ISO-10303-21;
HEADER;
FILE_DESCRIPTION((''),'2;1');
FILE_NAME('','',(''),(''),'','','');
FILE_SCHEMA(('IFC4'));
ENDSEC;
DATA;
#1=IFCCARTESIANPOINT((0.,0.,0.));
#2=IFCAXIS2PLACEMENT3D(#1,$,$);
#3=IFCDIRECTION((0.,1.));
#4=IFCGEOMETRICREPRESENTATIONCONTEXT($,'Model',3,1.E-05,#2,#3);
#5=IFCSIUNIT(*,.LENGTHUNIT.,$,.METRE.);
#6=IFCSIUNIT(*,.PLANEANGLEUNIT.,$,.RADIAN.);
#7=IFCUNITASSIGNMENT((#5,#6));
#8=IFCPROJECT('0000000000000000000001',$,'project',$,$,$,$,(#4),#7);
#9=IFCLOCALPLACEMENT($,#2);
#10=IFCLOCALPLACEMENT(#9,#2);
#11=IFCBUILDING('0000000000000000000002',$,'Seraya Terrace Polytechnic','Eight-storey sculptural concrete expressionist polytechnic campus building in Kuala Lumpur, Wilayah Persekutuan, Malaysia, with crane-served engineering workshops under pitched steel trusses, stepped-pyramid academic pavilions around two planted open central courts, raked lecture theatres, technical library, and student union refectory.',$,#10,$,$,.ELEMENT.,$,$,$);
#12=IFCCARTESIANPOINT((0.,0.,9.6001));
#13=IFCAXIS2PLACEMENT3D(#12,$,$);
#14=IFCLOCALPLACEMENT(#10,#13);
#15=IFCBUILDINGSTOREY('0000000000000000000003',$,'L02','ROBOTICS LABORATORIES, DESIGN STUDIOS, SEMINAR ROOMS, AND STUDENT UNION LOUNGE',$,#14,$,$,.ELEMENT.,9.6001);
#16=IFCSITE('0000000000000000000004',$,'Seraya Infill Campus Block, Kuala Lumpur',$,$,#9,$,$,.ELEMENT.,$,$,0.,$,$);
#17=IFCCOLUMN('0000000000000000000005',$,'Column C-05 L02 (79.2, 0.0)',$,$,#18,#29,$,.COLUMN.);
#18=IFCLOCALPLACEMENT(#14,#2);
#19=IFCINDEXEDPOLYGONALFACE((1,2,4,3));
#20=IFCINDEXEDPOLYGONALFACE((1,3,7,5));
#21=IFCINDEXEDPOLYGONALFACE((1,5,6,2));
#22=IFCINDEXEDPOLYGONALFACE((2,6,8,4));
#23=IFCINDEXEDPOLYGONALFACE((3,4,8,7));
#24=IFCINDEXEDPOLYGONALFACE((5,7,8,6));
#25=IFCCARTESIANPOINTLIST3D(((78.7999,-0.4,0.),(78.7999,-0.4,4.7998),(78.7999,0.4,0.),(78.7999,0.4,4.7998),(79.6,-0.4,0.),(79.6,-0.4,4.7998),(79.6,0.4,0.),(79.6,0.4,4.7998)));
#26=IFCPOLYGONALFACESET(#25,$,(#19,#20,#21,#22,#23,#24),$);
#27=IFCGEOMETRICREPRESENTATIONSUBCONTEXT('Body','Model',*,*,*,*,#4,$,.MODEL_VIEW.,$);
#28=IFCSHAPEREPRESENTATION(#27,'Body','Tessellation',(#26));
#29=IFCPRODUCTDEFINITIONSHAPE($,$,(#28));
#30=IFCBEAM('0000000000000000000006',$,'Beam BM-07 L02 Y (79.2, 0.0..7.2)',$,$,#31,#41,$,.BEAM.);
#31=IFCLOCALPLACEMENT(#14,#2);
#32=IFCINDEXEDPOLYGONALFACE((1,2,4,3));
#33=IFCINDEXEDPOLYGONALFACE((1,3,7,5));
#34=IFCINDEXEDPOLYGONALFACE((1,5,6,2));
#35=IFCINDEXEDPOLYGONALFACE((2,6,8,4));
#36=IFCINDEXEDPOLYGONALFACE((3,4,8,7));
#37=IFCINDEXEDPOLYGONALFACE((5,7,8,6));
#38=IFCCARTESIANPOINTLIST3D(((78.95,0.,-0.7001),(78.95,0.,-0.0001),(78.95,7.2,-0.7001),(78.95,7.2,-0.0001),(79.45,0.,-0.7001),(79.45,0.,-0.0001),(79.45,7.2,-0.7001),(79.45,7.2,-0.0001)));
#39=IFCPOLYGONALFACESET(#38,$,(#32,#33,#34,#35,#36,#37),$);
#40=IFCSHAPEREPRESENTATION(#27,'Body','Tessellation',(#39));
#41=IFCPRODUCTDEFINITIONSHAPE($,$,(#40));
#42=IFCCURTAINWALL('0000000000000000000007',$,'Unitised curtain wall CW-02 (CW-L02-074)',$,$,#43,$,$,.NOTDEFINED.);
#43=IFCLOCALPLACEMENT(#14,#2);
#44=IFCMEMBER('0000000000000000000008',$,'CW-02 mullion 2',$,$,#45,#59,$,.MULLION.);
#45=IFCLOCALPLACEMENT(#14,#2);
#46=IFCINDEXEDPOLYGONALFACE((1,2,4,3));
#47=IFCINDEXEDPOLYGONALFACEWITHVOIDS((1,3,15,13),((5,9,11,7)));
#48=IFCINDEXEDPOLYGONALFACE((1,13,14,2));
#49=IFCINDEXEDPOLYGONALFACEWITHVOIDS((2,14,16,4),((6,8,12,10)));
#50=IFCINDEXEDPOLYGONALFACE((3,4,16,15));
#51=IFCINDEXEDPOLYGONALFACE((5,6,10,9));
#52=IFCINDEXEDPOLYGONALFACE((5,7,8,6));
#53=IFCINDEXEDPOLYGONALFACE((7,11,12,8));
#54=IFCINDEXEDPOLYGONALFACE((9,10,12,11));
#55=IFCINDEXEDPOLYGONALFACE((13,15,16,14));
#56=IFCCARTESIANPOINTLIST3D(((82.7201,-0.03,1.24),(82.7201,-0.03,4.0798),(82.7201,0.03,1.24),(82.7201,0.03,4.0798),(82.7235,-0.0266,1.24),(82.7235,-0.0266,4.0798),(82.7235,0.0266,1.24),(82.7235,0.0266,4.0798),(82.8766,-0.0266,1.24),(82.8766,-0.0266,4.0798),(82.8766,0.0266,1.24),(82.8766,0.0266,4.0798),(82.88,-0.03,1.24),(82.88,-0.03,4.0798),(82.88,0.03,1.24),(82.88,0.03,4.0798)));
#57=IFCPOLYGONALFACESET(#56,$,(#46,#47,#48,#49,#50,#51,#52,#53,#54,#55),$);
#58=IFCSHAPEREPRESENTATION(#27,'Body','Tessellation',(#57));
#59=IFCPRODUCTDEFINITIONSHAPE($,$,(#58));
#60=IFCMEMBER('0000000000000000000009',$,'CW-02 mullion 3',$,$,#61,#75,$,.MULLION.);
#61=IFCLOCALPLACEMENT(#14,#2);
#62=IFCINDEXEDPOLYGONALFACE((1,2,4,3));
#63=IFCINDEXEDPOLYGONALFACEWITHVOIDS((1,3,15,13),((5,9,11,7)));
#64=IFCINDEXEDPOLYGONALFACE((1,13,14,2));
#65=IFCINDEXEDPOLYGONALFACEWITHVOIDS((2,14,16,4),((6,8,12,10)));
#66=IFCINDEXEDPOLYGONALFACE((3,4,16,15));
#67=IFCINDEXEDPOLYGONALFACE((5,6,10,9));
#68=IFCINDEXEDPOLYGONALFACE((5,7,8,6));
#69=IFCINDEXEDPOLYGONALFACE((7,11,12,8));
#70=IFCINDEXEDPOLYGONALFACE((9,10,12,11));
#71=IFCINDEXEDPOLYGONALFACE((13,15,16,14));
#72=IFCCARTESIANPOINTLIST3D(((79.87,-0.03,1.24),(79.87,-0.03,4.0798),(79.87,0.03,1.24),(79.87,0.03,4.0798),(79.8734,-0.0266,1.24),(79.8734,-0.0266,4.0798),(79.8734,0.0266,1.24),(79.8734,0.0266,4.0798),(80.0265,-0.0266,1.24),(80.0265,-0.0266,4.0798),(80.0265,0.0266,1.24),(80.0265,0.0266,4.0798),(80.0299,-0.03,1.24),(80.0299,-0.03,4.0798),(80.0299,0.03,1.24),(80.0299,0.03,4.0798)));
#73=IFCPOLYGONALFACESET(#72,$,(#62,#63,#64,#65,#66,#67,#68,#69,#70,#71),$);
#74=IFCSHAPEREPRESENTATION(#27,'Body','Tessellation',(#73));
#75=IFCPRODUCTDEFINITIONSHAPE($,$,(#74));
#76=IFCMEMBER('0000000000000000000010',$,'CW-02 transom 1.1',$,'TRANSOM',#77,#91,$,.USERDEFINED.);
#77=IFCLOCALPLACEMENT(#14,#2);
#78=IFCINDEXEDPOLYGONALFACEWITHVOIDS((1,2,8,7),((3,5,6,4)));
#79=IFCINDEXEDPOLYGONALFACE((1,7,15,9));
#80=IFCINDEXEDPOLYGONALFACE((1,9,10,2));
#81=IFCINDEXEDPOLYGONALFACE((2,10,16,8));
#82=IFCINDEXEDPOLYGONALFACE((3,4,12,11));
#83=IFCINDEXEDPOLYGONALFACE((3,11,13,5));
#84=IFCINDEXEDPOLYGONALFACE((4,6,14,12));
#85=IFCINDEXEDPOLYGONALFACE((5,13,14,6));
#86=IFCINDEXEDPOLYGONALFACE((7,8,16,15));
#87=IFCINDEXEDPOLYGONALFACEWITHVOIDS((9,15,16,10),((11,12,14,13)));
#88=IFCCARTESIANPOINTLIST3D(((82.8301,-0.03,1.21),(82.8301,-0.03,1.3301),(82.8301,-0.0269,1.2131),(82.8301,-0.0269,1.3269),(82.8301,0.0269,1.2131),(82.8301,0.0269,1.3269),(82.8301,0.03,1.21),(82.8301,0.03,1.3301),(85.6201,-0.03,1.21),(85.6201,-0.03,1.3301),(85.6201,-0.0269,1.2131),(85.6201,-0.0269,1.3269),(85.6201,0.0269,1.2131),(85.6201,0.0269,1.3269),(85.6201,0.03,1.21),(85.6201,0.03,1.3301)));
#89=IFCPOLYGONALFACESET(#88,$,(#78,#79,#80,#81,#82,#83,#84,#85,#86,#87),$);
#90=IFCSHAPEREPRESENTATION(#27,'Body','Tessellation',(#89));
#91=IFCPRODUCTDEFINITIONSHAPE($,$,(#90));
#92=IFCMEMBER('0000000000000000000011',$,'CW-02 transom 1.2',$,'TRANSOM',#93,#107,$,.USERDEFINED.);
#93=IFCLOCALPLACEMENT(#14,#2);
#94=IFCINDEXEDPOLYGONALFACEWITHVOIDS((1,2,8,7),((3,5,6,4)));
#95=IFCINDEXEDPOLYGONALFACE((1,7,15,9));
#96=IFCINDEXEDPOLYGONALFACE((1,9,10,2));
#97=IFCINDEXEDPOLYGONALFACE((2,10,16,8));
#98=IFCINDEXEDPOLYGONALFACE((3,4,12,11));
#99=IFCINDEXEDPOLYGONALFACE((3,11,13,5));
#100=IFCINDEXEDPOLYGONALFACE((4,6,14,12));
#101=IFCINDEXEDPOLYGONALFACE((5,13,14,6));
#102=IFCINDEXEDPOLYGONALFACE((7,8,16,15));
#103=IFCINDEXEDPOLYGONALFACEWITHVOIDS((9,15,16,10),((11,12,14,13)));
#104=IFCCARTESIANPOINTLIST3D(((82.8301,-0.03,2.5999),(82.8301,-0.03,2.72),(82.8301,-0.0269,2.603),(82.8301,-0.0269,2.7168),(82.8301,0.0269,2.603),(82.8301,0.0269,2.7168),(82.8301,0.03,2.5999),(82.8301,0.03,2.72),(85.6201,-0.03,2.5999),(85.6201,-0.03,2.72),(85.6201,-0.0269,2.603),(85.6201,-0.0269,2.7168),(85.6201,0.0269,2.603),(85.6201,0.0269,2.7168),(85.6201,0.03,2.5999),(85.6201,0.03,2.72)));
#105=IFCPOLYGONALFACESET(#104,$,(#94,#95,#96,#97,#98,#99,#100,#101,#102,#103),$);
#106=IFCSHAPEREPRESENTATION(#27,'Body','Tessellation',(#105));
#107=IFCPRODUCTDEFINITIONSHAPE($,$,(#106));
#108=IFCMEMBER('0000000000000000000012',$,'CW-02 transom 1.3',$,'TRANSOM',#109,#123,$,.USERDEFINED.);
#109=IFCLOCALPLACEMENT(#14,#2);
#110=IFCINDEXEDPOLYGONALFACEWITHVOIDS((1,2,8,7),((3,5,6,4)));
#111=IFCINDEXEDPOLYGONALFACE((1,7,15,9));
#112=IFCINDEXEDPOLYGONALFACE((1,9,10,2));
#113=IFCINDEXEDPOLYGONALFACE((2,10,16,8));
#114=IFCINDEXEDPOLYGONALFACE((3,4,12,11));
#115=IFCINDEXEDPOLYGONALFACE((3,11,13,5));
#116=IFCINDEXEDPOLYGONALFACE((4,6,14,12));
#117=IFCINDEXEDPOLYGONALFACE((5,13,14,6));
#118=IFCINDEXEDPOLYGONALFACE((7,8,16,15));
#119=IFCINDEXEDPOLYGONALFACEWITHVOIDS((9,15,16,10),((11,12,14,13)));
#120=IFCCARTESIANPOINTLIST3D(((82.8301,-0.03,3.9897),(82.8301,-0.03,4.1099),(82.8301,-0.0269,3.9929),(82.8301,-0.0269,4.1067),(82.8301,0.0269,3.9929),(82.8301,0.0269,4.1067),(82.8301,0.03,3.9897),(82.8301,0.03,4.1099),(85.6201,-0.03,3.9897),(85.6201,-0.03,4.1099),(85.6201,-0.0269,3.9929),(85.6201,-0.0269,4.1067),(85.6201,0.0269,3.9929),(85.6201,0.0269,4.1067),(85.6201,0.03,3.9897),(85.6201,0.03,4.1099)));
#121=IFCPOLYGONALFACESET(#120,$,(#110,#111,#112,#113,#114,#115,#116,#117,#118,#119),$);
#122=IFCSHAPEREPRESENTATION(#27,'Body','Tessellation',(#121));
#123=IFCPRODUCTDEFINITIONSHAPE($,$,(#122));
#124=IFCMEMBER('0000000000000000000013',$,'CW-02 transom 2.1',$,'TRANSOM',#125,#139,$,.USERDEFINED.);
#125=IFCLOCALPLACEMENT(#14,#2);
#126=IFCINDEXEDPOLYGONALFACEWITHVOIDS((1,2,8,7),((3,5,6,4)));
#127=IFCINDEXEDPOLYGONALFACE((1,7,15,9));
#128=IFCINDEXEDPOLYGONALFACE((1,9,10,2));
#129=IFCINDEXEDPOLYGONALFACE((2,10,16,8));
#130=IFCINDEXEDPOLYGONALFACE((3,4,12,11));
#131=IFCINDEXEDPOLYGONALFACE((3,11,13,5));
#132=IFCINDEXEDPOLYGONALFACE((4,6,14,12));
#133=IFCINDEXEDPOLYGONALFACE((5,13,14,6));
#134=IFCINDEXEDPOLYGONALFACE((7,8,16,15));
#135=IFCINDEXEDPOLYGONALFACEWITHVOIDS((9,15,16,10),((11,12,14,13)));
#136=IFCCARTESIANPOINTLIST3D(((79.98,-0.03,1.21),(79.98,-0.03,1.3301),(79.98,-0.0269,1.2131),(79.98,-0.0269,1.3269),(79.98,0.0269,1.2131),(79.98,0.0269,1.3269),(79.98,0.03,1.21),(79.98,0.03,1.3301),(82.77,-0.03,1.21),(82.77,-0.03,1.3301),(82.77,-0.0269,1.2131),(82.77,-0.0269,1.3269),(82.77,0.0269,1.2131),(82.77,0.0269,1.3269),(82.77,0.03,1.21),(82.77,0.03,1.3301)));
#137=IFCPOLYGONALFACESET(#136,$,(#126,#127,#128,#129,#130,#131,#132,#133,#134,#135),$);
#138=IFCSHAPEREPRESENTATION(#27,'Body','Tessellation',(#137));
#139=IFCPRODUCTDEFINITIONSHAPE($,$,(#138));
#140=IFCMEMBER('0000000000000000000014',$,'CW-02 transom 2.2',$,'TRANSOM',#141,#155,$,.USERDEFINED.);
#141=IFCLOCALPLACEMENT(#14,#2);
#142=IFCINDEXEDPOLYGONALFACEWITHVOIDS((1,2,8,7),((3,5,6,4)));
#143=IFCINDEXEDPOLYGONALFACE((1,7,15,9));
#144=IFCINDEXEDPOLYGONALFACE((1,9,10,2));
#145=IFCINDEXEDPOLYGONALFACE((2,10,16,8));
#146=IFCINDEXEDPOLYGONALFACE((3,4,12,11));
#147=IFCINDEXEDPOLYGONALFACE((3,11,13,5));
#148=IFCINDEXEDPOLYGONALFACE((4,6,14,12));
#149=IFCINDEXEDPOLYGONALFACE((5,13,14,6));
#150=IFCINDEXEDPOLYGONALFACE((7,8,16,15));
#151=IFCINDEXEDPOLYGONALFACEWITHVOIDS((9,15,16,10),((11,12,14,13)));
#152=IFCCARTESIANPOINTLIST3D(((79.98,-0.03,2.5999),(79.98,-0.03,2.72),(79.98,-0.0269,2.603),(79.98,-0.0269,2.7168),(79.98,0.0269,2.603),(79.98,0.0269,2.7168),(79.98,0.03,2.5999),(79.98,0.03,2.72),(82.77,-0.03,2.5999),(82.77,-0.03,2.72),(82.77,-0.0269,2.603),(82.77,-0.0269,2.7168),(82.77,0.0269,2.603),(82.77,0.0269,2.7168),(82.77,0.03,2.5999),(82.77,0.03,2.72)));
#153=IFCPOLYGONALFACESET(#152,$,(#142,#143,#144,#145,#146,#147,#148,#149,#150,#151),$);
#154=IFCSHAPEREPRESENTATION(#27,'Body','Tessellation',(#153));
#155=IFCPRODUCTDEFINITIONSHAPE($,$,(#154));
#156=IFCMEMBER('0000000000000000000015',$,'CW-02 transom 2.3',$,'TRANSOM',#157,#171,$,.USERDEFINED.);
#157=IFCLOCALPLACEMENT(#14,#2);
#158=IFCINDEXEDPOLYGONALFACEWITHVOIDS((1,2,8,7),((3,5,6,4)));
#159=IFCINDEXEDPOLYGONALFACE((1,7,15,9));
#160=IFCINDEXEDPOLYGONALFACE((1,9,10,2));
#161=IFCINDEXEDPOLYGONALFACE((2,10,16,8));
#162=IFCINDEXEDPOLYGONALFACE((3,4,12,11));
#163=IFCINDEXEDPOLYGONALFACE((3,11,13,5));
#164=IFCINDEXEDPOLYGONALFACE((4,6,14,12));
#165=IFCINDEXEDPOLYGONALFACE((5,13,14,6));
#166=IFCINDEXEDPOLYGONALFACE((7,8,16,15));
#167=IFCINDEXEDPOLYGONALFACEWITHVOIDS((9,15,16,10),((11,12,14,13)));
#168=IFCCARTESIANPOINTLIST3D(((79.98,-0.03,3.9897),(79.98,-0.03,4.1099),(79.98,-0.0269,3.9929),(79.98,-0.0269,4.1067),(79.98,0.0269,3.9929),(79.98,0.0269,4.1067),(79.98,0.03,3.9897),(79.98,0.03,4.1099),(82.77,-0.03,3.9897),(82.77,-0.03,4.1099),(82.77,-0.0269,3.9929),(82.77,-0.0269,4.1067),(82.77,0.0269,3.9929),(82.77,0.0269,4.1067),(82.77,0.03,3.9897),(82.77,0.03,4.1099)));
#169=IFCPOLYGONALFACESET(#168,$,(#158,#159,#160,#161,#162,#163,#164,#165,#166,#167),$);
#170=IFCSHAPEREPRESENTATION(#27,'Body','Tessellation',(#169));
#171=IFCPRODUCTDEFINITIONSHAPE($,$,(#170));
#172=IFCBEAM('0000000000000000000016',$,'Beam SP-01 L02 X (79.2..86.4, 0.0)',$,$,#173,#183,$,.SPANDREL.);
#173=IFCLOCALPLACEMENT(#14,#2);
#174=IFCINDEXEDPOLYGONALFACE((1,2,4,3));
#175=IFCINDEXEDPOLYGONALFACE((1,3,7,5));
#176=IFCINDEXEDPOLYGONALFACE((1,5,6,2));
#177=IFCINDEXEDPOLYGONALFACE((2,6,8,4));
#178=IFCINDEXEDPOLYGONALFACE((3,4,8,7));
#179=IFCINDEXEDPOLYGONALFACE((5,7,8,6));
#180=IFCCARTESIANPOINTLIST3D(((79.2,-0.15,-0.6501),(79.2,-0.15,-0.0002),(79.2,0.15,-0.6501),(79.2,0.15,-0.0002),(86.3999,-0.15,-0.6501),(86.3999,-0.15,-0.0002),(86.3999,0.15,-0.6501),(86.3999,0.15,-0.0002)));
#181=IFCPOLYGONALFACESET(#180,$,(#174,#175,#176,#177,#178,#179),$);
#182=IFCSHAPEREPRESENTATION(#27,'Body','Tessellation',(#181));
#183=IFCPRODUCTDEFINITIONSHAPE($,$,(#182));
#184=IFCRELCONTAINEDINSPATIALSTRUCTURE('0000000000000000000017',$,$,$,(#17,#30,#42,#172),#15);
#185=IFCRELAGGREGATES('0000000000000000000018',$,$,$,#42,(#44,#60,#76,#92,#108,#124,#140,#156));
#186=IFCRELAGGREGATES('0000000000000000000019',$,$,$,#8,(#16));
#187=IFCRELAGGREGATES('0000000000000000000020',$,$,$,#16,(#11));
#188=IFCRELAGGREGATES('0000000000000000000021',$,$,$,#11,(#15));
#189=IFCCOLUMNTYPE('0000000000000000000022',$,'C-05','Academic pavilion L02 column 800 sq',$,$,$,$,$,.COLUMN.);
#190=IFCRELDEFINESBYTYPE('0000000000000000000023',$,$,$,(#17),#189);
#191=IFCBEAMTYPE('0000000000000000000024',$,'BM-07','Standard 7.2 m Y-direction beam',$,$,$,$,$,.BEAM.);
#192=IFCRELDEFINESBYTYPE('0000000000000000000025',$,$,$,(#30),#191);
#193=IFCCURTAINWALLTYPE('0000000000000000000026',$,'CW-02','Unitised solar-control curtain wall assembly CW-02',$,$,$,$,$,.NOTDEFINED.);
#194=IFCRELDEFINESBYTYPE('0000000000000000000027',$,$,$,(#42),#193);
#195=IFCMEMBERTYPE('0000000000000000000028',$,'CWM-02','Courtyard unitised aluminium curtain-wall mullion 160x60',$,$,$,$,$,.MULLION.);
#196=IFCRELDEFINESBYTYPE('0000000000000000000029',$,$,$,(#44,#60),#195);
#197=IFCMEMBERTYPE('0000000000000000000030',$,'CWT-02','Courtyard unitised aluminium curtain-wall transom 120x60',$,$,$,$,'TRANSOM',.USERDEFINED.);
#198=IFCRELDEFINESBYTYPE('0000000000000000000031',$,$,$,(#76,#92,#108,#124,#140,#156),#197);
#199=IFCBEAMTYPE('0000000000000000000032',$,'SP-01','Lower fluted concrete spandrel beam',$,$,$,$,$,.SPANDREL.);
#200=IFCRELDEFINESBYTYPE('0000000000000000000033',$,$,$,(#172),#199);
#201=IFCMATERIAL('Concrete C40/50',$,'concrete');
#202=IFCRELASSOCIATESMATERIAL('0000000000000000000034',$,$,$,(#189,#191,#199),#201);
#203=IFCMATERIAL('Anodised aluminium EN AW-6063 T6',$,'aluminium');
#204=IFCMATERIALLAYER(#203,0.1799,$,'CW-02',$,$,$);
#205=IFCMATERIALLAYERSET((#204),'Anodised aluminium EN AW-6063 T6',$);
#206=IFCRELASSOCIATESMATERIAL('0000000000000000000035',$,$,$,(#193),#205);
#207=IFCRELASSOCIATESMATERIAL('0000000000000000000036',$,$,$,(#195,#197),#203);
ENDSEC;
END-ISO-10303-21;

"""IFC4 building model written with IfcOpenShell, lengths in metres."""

from ifc_helpers import new_model, si_unit, direction, frame, origin, origin_2d, place, context, subcontext, project, spatial, rectangle, hollow_rectangle, extrude, material, layer, layer_set, material_profile, profile_set, type_object, element, aggregate, save


model = new_model("IFC4")

# Units and contexts
model_context = context("Model", 3, precision=1e-05, world=origin(), true_north=direction((0.0, 1.0)))
body_context = subcontext(model_context, "Body", "Model", "MODEL_VIEW")
ifc_project = project(units=[si_unit("LENGTHUNIT", "METRE"), si_unit("PLANEANGLEUNIT", "RADIAN")], contexts=[model_context])

# Site, building, storey
site_placement = place(None, origin())
site = spatial("IfcSite", under=ifc_project, at=site_placement, Name="Seraya Infill Campus Block, Kuala Lumpur", CompositionType="ELEMENT", RefElevation=0.0)
building_placement = place(site_placement, origin())
building = spatial("IfcBuilding", under=site, at=building_placement, Name="Seraya Terrace Polytechnic", Description="Eight-storey sculptural concrete expressionist polytechnic campus building in Kuala Lumpur, Wilayah Persekutuan, Malaysia, with crane-served engineering workshops under pitched steel trusses, stepped-pyramid academic pavilions around two planted open central courts, raked lecture theatres, technical library, and student union refectory.", CompositionType="ELEMENT")
storey_placement = place(building_placement, frame((0.0, 0.0, 9.6001)))
storey = spatial("IfcBuildingStorey", under=building, at=storey_placement, Name="L02", Description="ROBOTICS LABORATORIES, DESIGN STUDIOS, SEMINAR ROOMS, AND STUDENT UNION LOUNGE", CompositionType="ELEMENT", Elevation=9.6001)

# Column
ifc_material_1 = material(Name="Concrete C40/50", Category="concrete")
ifc_material_profile_1 = material_profile(ifc_material_1, rectangle(XDim=0.8, YDim=0.8, at=origin_2d()), Name="RC 800x800")
ifc_profile_set_1 = profile_set([ifc_material_profile_1], Name="Concrete C40/50")
column_type = type_object("IfcColumnType", Name="C-05", Description="Academic pavilion L02 column 800 sq", PredefinedType="COLUMN", material=ifc_profile_set_1)
column_placement = place(storey_placement, frame((79.2, 0.0, 0.0), z_axis=(0.0, 0.0, 1.0), x_axis=(1.0, 0.0, 0.0)))
element("IfcColumn", 1, at=column_placement, inside=storey, type_object=column_type, Name="Column C-05 L02 (79.2, 0.0)", PredefinedType="COLUMN", context=body_context, shape_type="SweptSolid", body=[
    extrude(rectangle(XDim=0.8, YDim=0.8, at=origin_2d()), origin(), (0.0, 0.0, 1.0), 4.7998),
])

# Beam
ifc_material_profile_2 = material_profile(ifc_material_1, rectangle(XDim=0.5, YDim=0.7, at=origin_2d()), Name="RC 500x700")
ifc_profile_set_2 = profile_set([ifc_material_profile_2], Name="Concrete C40/50")
beam_type_1 = type_object("IfcBeamType", Name="BM-07", Description="Standard 7.2 m Y-direction beam", PredefinedType="BEAM", material=ifc_profile_set_2)
beam_1_placement = place(storey_placement, frame((79.2, 0.0, -0.3501), z_axis=(0.0, 1.0, 0.0), x_axis=(-1.0, 0.0, 0.0)))
element("IfcBeam", 2, at=beam_1_placement, inside=storey, type_object=beam_type_1, Name="Beam BM-07 L02 Y (79.2, 0.0..7.2)", PredefinedType="BEAM", context=body_context, shape_type="SweptSolid", body=[
    extrude(rectangle(XDim=0.5, YDim=0.7, at=origin_2d()), origin(), (0.0, 0.0, 1.0), 7.2),
])

# Curtain wall, members
ifc_material_2 = material(Name="Anodised aluminium EN AW-6063 T6", Category="aluminium")
ifc_layer_1 = layer(ifc_material_2, 0.1799, Name="CW-02")
ifc_layer_set_1 = layer_set([ifc_layer_1], Name="Anodised aluminium EN AW-6063 T6")
curtain_wall_type = type_object("IfcCurtainWallType", Name="CW-02", Description="Unitised solar-control curtain wall assembly CW-02", PredefinedType="NOTDEFINED", material=ifc_layer_set_1)
curtain_wall_placement = place(storey_placement, origin())
curtain_wall = element("IfcCurtainWall", 3, at=curtain_wall_placement, inside=storey, type_object=curtain_wall_type, Name="Unitised curtain wall CW-02 (CW-L02-074)", PredefinedType="NOTDEFINED")
ifc_material_profile_3 = material_profile(ifc_material_2, hollow_rectangle(XDim=0.0601, YDim=0.1599, WallThickness=0.0034, at=origin_2d()), Name="RHS 160x60x3.5")
ifc_profile_set_3 = profile_set([ifc_material_profile_3], Name="Anodised aluminium EN AW-6063 T6")
member_type_1 = type_object("IfcMemberType", Name="CWM-02", Description="Courtyard unitised aluminium curtain-wall mullion 160x60", PredefinedType="MULLION", material=ifc_profile_set_3)
member_1_placement = place(storey_placement, frame((82.8, 0.0, 1.24), z_axis=(0.0, 0.0, 1.0), x_axis=(0.0, -1.0, 0.0)))
member_1 = element("IfcMember", 4, at=member_1_placement, type_object=member_type_1, Name="CW-02 mullion 2", PredefinedType="MULLION", context=body_context, shape_type="SweptSolid", body=[
    extrude(hollow_rectangle(XDim=0.0601, YDim=0.1599, WallThickness=0.0034, at=origin_2d()), origin(), (0.0, 0.0, 1.0), 2.8398),
])
member_2_placement = place(storey_placement, frame((79.95, 0.0, 1.24), z_axis=(0.0, 0.0, 1.0), x_axis=(0.0, -1.0, 0.0)))
member_2 = element("IfcMember", 5, at=member_2_placement, type_object=member_type_1, Name="CW-02 mullion 3", PredefinedType="MULLION", context=body_context, shape_type="SweptSolid", body=[
    extrude(hollow_rectangle(XDim=0.0601, YDim=0.1599, WallThickness=0.0034, at=origin_2d()), origin(), (0.0, 0.0, 1.0), 2.8398),
])
ifc_material_profile_4 = material_profile(ifc_material_2, hollow_rectangle(XDim=0.0601, YDim=0.1201, WallThickness=0.0032, at=origin_2d()), Name="RHS 120x60x3.2")
ifc_profile_set_4 = profile_set([ifc_material_profile_4], Name="Anodised aluminium EN AW-6063 T6")
member_type_2 = type_object("IfcMemberType", Name="CWT-02", Description="Courtyard unitised aluminium curtain-wall transom 120x60", ElementType="TRANSOM", PredefinedType="USERDEFINED", material=ifc_profile_set_4)
member_3_placement = place(storey_placement, frame((85.6201, 0.0, 1.27), z_axis=(-1.0, 0.0, 0.0), x_axis=(0.0, -1.0, 0.0)))
member_3 = element("IfcMember", 6, at=member_3_placement, type_object=member_type_2, Name="CW-02 transom 1.1", ObjectType="TRANSOM", PredefinedType="USERDEFINED", context=body_context, shape_type="SweptSolid", body=[
    extrude(hollow_rectangle(XDim=0.0601, YDim=0.1201, WallThickness=0.0032, at=origin_2d()), origin(), (0.0, 0.0, 1.0), 2.79),
])
member_4_placement = place(storey_placement, frame((85.6201, 0.0, 2.6599), z_axis=(-1.0, 0.0, 0.0), x_axis=(0.0, -1.0, 0.0)))
member_4 = element("IfcMember", 7, at=member_4_placement, type_object=member_type_2, Name="CW-02 transom 1.2", ObjectType="TRANSOM", PredefinedType="USERDEFINED", context=body_context, shape_type="SweptSolid", body=[
    extrude(hollow_rectangle(XDim=0.0601, YDim=0.1201, WallThickness=0.0032, at=origin_2d()), origin(), (0.0, 0.0, 1.0), 2.79),
])
member_5_placement = place(storey_placement, frame((85.6201, 0.0, 4.0498), z_axis=(-1.0, 0.0, 0.0), x_axis=(0.0, -1.0, 0.0)))
member_5 = element("IfcMember", 8, at=member_5_placement, type_object=member_type_2, Name="CW-02 transom 1.3", ObjectType="TRANSOM", PredefinedType="USERDEFINED", context=body_context, shape_type="SweptSolid", body=[
    extrude(hollow_rectangle(XDim=0.0601, YDim=0.1201, WallThickness=0.0032, at=origin_2d()), origin(), (0.0, 0.0, 1.0), 2.79),
])
member_6_placement = place(storey_placement, frame((82.77, 0.0, 1.27), z_axis=(-1.0, 0.0, 0.0), x_axis=(0.0, -1.0, 0.0)))
member_6 = element("IfcMember", 9, at=member_6_placement, type_object=member_type_2, Name="CW-02 transom 2.1", ObjectType="TRANSOM", PredefinedType="USERDEFINED", context=body_context, shape_type="SweptSolid", body=[
    extrude(hollow_rectangle(XDim=0.0601, YDim=0.1201, WallThickness=0.0032, at=origin_2d()), origin(), (0.0, 0.0, 1.0), 2.79),
])
member_7_placement = place(storey_placement, frame((82.77, 0.0, 2.6599), z_axis=(-1.0, 0.0, 0.0), x_axis=(0.0, -1.0, 0.0)))
member_7 = element("IfcMember", 10, at=member_7_placement, type_object=member_type_2, Name="CW-02 transom 2.2", ObjectType="TRANSOM", PredefinedType="USERDEFINED", context=body_context, shape_type="SweptSolid", body=[
    extrude(hollow_rectangle(XDim=0.0601, YDim=0.1201, WallThickness=0.0032, at=origin_2d()), origin(), (0.0, 0.0, 1.0), 2.79),
])
member_8_placement = place(storey_placement, frame((82.77, 0.0, 4.0498), z_axis=(-1.0, 0.0, 0.0), x_axis=(0.0, -1.0, 0.0)))
member_8 = element("IfcMember", 11, at=member_8_placement, type_object=member_type_2, Name="CW-02 transom 2.3", ObjectType="TRANSOM", PredefinedType="USERDEFINED", context=body_context, shape_type="SweptSolid", body=[
    extrude(hollow_rectangle(XDim=0.0601, YDim=0.1201, WallThickness=0.0032, at=origin_2d()), origin(), (0.0, 0.0, 1.0), 2.79),
])

# Beam
ifc_material_profile_5 = material_profile(ifc_material_1, rectangle(XDim=0.3, YDim=0.6499, at=origin_2d()), Name="RC 300x650")
ifc_profile_set_5 = profile_set([ifc_material_profile_5], Name="Concrete C40/50")
beam_type_2 = type_object("IfcBeamType", Name="SP-01", Description="Lower fluted concrete spandrel beam", PredefinedType="SPANDREL", material=ifc_profile_set_5)
beam_2_placement = place(storey_placement, frame((79.2, 0.0, -0.3252), z_axis=(1.0, 0.0, 0.0), x_axis=(0.0, 1.0, 0.0)))
element("IfcBeam", 12, at=beam_2_placement, inside=storey, type_object=beam_type_2, Name="Beam SP-01 L02 X (79.2..86.4, 0.0)", PredefinedType="SPANDREL", context=body_context, shape_type="SweptSolid", body=[
    extrude(rectangle(XDim=0.3, YDim=0.6499, at=origin_2d()), origin(), (0.0, 0.0, 1.0), 7.2),
])

aggregate(curtain_wall, [member_1, member_2, member_3, member_4, member_5, member_6, member_7, member_8])

save(model, "model.ifc")
